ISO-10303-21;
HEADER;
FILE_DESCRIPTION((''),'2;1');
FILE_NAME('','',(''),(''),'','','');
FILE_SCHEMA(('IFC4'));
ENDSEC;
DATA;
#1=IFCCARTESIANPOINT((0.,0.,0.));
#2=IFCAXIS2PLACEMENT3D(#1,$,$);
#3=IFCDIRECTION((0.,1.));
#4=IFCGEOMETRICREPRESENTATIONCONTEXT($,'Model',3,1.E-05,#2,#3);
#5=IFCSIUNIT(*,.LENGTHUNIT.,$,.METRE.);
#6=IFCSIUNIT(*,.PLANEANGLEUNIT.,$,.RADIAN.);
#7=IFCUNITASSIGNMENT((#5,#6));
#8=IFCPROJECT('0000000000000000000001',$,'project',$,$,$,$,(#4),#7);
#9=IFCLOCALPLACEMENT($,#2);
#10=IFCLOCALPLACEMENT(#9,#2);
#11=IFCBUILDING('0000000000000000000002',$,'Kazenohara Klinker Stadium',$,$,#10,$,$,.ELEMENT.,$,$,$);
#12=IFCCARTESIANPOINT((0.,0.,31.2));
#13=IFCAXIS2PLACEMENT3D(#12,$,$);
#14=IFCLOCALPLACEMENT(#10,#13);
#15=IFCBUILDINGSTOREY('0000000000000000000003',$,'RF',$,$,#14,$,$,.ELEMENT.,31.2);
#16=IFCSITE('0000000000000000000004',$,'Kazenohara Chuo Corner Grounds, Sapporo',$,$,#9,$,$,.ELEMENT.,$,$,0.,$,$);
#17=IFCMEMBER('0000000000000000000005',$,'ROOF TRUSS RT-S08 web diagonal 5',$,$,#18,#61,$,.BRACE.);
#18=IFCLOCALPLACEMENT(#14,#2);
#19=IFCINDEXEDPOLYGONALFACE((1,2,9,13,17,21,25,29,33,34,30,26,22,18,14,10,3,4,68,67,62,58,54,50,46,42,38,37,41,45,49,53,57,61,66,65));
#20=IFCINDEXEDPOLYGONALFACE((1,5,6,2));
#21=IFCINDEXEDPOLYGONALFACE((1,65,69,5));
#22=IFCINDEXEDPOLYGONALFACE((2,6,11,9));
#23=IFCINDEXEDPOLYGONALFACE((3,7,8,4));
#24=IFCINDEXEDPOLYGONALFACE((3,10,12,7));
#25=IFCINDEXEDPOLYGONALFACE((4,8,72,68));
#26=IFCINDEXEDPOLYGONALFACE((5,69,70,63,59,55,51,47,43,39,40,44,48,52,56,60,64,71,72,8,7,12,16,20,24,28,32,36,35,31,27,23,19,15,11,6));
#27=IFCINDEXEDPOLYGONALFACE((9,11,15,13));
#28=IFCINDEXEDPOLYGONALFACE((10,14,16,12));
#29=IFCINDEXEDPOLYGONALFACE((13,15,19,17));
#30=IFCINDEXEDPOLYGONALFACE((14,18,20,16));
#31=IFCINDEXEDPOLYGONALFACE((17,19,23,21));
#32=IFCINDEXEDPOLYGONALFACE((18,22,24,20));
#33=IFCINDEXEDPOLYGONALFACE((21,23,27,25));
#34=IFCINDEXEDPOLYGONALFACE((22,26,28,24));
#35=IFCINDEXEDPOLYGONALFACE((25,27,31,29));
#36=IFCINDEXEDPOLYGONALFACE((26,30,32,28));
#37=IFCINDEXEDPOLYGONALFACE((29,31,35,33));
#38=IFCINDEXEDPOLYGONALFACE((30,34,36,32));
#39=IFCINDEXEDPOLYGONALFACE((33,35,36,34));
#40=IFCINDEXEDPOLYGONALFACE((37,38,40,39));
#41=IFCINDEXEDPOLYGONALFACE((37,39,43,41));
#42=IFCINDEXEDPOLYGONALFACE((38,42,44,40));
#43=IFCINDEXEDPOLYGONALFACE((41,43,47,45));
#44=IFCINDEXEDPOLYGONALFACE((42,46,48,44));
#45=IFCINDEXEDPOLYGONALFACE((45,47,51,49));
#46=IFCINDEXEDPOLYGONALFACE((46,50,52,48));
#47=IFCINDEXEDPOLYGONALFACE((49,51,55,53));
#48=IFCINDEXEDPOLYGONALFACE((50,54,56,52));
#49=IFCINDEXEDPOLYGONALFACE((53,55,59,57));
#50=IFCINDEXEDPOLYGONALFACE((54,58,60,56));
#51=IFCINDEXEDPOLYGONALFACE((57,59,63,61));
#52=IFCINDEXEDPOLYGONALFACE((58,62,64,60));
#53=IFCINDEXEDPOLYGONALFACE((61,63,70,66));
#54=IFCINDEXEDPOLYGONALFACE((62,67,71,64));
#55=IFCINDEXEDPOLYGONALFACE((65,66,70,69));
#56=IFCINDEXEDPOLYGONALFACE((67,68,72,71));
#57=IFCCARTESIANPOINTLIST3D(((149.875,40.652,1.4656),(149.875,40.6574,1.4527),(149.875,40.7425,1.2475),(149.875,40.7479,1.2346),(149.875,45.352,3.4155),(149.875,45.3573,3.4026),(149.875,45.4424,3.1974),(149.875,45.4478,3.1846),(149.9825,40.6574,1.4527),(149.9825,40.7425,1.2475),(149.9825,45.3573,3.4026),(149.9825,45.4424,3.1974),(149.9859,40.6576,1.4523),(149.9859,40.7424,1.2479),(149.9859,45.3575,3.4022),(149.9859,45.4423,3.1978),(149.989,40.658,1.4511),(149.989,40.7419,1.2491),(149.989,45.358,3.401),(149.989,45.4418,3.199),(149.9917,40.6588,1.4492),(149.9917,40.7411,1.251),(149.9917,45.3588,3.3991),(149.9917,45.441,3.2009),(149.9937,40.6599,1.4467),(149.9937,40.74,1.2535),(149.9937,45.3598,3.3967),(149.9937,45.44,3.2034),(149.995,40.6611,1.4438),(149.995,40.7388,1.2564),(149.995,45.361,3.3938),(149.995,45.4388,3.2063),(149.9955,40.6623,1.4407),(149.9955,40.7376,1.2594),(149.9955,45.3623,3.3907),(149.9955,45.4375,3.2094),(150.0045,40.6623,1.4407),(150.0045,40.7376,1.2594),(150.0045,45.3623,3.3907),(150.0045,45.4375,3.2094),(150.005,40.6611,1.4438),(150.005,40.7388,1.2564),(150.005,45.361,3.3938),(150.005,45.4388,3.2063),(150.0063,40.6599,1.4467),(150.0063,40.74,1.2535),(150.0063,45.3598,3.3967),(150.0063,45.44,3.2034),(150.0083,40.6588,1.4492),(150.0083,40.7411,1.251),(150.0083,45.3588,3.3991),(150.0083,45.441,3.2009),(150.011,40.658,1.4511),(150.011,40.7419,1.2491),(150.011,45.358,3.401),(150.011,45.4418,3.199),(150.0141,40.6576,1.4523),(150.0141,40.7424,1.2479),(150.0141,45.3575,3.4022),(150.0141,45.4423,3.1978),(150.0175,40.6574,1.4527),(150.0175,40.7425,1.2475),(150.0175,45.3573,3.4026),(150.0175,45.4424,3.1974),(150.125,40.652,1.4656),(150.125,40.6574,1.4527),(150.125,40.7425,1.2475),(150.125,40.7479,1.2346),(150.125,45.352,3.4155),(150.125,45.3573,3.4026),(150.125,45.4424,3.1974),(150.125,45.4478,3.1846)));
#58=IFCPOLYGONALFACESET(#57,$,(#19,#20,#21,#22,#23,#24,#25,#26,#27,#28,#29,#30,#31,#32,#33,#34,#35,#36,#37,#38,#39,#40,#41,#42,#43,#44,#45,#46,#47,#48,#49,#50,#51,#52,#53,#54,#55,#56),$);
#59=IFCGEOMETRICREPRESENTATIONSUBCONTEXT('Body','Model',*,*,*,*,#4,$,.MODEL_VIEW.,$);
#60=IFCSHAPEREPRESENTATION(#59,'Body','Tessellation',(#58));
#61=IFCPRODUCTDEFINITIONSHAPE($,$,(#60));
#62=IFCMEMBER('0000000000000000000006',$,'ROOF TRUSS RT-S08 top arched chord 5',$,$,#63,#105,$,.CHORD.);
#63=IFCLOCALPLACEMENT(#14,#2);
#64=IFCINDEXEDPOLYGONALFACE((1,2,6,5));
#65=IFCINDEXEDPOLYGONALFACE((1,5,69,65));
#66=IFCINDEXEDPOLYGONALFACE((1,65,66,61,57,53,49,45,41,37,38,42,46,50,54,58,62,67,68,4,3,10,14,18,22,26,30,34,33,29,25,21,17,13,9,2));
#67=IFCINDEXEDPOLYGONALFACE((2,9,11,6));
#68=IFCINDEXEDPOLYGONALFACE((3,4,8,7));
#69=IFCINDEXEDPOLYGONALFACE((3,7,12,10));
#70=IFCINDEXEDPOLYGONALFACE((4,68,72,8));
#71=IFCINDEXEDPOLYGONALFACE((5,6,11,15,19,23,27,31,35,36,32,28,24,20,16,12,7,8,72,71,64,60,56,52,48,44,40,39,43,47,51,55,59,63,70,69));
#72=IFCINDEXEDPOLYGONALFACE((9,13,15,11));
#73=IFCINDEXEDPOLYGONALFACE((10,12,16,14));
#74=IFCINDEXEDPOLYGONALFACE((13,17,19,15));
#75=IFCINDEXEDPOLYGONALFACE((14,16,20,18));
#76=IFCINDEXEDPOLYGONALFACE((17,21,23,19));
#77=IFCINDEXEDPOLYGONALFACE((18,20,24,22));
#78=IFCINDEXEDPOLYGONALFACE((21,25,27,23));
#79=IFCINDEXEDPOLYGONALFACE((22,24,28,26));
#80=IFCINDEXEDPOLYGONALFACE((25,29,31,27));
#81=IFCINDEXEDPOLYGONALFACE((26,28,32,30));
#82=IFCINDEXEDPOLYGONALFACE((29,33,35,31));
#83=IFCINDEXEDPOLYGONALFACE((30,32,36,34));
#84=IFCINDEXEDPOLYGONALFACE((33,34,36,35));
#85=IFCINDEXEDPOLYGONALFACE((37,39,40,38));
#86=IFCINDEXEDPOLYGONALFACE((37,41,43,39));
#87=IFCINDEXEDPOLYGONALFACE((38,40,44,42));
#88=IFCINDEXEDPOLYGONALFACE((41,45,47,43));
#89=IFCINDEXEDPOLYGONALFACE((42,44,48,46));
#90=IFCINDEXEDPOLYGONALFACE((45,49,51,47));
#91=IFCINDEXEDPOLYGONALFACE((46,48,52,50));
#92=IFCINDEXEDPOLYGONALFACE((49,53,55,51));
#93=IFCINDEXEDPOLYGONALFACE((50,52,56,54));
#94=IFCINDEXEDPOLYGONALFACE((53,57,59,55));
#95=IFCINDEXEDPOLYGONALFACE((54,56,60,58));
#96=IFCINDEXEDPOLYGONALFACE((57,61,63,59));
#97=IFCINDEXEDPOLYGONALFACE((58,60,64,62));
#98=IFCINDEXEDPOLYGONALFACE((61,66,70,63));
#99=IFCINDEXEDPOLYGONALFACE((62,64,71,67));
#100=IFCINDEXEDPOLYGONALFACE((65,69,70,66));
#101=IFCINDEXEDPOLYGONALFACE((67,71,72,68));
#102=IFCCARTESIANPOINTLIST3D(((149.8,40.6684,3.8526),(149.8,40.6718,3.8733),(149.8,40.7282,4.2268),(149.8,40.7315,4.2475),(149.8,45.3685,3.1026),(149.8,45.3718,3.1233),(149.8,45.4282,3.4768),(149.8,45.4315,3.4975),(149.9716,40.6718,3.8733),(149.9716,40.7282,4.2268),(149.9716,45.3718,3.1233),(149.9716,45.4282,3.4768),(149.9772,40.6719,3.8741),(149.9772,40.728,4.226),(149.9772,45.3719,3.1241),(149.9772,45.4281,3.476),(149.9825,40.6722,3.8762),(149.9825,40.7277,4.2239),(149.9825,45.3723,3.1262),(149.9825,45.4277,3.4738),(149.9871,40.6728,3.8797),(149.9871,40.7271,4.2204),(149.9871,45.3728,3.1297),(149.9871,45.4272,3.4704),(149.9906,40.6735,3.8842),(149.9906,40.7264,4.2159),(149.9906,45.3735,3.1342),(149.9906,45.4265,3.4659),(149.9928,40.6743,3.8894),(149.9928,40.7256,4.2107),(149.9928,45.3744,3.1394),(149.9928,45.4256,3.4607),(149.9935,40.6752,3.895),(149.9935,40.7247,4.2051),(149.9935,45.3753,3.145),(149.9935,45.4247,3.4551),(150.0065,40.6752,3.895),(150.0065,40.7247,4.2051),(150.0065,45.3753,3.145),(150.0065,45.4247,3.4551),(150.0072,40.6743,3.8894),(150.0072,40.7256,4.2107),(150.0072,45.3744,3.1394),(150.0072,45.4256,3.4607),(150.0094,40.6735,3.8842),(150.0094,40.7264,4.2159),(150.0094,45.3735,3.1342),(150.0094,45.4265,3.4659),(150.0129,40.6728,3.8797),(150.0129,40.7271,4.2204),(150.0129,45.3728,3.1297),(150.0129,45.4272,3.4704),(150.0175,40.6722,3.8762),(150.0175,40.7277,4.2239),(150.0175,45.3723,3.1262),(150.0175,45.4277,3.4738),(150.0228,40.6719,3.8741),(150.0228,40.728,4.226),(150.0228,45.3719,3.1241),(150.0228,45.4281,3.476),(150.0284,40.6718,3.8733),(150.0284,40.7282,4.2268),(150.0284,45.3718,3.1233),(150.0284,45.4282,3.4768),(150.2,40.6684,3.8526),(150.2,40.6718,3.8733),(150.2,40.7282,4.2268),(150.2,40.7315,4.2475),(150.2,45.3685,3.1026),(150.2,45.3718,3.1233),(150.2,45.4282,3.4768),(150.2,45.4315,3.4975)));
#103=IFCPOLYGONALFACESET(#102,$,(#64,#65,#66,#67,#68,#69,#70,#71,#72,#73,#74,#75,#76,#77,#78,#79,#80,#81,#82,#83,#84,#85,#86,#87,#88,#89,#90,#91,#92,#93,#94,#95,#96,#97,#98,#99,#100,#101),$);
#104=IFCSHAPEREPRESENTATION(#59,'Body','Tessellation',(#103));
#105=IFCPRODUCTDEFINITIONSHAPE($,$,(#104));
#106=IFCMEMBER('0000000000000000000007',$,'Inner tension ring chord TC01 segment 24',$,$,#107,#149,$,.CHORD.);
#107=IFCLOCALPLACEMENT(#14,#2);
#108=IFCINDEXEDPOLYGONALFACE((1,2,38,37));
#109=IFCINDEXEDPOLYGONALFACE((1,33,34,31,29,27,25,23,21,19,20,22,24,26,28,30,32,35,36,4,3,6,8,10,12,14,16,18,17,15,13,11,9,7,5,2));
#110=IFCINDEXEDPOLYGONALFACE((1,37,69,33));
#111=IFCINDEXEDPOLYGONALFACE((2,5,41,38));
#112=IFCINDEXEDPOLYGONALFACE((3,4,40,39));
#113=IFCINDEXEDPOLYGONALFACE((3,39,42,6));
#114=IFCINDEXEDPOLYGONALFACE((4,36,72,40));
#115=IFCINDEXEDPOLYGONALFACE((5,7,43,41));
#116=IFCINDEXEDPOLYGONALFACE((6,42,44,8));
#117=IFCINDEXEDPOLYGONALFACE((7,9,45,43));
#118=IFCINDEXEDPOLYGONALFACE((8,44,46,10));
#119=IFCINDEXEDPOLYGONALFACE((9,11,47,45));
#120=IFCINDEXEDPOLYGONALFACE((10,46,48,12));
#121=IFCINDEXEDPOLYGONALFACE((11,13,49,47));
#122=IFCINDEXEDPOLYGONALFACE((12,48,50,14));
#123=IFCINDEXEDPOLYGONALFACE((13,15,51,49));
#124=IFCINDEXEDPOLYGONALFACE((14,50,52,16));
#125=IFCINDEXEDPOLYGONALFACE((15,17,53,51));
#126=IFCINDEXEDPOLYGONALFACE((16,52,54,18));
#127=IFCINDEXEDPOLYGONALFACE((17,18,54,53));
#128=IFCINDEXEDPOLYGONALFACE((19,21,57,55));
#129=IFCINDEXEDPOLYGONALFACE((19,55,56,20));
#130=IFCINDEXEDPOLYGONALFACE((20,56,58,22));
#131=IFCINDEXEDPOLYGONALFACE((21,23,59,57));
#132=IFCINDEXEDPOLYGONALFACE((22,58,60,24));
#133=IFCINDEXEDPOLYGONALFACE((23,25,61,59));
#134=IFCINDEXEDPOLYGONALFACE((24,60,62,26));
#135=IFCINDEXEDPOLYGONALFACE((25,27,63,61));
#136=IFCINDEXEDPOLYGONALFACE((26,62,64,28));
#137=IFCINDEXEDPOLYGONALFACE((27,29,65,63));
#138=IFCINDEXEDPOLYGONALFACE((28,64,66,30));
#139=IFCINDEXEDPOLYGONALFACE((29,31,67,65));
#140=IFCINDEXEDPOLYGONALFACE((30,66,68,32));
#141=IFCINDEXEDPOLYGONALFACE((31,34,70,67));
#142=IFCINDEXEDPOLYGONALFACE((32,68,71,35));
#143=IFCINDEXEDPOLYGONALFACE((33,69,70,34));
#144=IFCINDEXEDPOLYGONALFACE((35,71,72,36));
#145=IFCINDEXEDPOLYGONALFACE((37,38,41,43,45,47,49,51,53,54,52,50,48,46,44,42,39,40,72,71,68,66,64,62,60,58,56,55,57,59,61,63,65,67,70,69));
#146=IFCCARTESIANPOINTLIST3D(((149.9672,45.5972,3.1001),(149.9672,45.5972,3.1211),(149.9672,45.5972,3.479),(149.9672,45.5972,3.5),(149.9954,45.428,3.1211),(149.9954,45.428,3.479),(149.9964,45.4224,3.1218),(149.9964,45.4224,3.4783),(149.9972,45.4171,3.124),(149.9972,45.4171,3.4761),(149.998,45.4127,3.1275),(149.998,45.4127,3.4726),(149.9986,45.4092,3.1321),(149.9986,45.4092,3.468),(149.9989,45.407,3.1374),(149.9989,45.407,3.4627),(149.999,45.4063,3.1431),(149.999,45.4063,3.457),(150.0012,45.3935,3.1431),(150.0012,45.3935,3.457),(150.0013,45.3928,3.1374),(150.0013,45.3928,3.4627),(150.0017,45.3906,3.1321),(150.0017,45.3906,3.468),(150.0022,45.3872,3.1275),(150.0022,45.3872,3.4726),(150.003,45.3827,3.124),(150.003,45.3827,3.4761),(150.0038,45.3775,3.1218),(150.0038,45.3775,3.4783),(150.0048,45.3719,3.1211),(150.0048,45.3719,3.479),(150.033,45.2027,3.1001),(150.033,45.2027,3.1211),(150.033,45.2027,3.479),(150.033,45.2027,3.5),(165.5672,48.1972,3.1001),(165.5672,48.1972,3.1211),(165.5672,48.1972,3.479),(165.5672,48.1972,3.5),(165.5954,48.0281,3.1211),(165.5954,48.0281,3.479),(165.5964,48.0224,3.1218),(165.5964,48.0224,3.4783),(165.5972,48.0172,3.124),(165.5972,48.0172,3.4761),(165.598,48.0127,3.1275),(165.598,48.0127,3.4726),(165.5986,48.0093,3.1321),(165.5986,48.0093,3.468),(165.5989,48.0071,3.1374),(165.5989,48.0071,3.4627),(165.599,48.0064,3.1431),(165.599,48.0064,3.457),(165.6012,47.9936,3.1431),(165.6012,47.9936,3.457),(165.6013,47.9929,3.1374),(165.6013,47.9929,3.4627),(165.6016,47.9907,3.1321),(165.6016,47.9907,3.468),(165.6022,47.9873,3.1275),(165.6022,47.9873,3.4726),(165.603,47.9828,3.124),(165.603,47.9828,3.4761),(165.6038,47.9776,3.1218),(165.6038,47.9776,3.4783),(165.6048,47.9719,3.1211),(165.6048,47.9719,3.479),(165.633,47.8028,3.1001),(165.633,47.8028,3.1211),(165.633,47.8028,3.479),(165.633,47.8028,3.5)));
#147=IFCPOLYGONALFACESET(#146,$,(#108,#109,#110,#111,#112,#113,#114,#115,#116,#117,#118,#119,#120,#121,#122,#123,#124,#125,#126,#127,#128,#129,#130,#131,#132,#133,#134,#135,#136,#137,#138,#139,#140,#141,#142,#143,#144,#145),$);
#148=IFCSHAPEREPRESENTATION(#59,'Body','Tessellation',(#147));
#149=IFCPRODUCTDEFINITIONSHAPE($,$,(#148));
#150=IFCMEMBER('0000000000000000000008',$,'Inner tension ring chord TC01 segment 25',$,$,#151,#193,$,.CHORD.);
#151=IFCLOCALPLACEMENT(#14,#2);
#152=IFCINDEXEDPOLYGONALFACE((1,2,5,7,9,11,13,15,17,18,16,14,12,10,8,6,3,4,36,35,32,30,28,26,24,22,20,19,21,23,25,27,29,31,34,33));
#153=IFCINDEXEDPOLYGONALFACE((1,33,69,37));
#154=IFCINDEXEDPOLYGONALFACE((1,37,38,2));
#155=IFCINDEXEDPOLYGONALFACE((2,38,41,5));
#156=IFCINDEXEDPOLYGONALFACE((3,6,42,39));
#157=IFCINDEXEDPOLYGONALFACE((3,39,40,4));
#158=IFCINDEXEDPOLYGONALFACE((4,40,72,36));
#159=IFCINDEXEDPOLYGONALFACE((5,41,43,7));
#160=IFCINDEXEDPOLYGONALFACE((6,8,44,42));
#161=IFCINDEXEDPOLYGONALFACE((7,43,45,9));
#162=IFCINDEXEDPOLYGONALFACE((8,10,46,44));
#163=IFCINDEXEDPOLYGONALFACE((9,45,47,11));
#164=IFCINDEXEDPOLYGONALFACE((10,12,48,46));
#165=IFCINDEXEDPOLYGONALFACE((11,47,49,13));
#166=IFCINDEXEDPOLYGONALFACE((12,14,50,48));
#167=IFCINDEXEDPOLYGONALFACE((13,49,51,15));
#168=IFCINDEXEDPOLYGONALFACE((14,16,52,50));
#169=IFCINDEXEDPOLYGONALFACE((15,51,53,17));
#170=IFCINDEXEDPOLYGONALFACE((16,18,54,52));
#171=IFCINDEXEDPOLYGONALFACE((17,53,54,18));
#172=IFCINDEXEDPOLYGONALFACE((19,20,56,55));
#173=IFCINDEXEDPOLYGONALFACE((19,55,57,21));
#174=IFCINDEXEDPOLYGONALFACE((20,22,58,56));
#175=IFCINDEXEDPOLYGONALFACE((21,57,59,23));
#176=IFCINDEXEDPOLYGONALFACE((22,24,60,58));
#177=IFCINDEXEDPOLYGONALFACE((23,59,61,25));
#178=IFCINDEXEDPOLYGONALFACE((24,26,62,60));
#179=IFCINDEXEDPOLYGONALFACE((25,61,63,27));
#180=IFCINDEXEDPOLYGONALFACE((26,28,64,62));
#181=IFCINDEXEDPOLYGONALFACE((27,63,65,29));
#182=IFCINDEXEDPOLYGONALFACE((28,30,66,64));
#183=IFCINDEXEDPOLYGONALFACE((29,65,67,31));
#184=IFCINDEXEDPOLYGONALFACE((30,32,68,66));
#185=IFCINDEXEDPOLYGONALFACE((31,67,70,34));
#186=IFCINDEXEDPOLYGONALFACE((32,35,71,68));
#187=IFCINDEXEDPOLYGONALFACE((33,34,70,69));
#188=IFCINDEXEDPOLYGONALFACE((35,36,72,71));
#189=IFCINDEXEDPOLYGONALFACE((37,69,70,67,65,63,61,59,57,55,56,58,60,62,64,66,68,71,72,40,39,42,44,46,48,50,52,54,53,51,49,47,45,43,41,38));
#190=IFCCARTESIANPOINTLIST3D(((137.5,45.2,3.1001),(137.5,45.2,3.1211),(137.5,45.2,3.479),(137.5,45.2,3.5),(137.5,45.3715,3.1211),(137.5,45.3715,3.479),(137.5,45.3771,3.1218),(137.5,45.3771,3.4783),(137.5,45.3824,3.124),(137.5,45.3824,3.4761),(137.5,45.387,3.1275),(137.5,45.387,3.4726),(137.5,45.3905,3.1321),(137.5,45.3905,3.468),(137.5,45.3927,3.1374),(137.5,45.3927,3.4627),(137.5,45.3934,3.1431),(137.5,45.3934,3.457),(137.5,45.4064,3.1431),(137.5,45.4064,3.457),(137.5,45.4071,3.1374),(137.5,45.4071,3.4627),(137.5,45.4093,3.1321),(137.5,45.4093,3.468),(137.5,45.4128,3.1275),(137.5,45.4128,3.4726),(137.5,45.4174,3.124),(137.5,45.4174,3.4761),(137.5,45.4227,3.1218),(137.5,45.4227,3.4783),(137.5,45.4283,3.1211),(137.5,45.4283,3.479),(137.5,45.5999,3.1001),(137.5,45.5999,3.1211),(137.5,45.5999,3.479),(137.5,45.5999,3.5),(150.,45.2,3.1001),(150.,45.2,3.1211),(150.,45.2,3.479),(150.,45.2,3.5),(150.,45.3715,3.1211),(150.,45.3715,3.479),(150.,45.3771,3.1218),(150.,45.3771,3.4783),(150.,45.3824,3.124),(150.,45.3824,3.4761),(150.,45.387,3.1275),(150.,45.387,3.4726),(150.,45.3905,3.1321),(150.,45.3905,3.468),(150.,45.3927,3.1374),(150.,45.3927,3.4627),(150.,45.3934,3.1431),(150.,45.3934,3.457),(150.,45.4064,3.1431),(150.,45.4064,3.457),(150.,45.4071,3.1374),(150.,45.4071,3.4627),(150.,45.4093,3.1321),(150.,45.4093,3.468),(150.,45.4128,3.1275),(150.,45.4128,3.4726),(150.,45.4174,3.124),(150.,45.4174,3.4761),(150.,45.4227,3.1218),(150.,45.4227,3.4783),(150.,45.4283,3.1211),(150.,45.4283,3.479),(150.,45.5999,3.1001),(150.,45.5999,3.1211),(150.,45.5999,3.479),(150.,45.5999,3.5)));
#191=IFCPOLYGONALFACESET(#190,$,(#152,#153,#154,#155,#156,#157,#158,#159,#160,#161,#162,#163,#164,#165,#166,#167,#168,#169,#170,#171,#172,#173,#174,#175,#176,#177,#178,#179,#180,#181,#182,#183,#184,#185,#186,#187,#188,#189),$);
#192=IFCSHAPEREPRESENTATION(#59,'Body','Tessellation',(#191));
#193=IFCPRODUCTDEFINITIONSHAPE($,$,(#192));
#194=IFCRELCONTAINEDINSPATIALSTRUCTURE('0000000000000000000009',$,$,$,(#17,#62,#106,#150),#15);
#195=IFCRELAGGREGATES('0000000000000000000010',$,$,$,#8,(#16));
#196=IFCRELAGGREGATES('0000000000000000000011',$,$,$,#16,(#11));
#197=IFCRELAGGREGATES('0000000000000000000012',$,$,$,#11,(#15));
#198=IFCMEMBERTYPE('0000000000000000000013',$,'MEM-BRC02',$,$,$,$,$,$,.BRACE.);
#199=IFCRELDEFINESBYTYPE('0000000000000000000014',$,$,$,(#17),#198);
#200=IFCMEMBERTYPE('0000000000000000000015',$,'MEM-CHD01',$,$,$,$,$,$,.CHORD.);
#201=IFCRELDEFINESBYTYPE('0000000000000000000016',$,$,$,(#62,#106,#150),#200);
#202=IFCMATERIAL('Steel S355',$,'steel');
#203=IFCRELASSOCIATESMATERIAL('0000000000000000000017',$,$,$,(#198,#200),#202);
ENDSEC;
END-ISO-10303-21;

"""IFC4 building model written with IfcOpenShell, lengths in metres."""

from ifc_helpers import new_model, si_unit, direction, frame, origin, origin_2d, place, context, subcontext, project, spatial, i_section, extrude, material, material_profile, profile_set, type_object, element, save


model = new_model("IFC4")

# Units and contexts
model_context = context("Model", 3, precision=1e-05, world=origin(), true_north=direction((0.0, 1.0)))
body_context = subcontext(model_context, "Body", "Model", "MODEL_VIEW")
ifc_project = project(units=[si_unit("LENGTHUNIT", "METRE"), si_unit("PLANEANGLEUNIT", "RADIAN")], contexts=[model_context])

# Site, building, storey
site_placement = place(None, origin())
site = spatial("IfcSite", under=ifc_project, at=site_placement, Name="Kazenohara Chuo Corner Grounds, Sapporo", CompositionType="ELEMENT", RefElevation=0.0)
building_placement = place(site_placement, origin())
building = spatial("IfcBuilding", under=site, at=building_placement, Name="Kazenohara Klinker Stadium", CompositionType="ELEMENT")
storey_placement = place(building_placement, frame((0.0, 0.0, 31.2)))
storey = spatial("IfcBuildingStorey", under=building, at=storey_placement, Name="RF", CompositionType="ELEMENT", Elevation=31.2)

# Members
ifc_material = material(Name="Steel S355", Category="steel")
ifc_material_profile_1 = material_profile(ifc_material, i_section(OverallWidth=0.25, OverallDepth=0.25, WebThickness=0.009, FlangeThickness=0.0139, FilletRadius=0.0129, at=origin_2d()), Name="H-250x250x9x14")
ifc_profile_set_1 = profile_set([ifc_material_profile_1], Name="Steel S355")
member_type_1 = type_object("IfcMemberType", Name="MEM-BRC02", PredefinedType="BRACE", material=ifc_profile_set_1)
member_1_placement = place(storey_placement, frame((150.0, 40.7, 1.3501), z_axis=(0.0, 0.923659, 0.383215), x_axis=(-1.0, 0.0, 0.0)))
element("IfcMember", 1, at=member_1_placement, inside=storey, type_object=member_type_1, Name="ROOF TRUSS RT-S08 web diagonal 5", PredefinedType="BRACE", context=body_context, shape_type="SweptSolid", body=[
    extrude(i_section(OverallWidth=0.25, OverallDepth=0.25, WebThickness=0.009, FlangeThickness=0.0139, FilletRadius=0.0129, at=origin_2d()), origin(), (0.0, 0.0, 1.0), 5.0884),
])
ifc_material_profile_2 = material_profile(ifc_material, i_section(OverallWidth=0.3999, OverallDepth=0.3999, WebThickness=0.0129, FlangeThickness=0.021, FilletRadius=0.022, at=origin_2d()), Name="H-400x400x13x21")
ifc_profile_set_2 = profile_set([ifc_material_profile_2], Name="Steel S355")
member_type_2 = type_object("IfcMemberType", Name="MEM-CHD01", PredefinedType="CHORD", material=ifc_profile_set_2)
member_2_placement = place(storey_placement, frame((150.0, 40.7, 4.05), z_axis=(0.0, 0.987506, -0.157582), x_axis=(-1.0, 0.0, 0.0)))
element("IfcMember", 2, at=member_2_placement, inside=storey, type_object=member_type_2, Name="ROOF TRUSS RT-S08 top arched chord 5", PredefinedType="CHORD", context=body_context, shape_type="SweptSolid", body=[
    extrude(i_section(OverallWidth=0.3999, OverallDepth=0.3999, WebThickness=0.0129, FlangeThickness=0.021, FilletRadius=0.022, at=origin_2d()), origin(), (0.0, 0.0, 1.0), 4.7595),
])
member_3_placement = place(storey_placement, frame((165.6001, 48.0, 3.3), z_axis=(-0.986393, -0.164404, 0.0), x_axis=(0.164404, -0.986393, 0.0)))
element("IfcMember", 3, at=member_3_placement, inside=storey, type_object=member_type_2, Name="Inner tension ring chord TC01 segment 24", PredefinedType="CHORD", context=body_context, shape_type="SweptSolid", body=[
    extrude(i_section(OverallWidth=0.3999, OverallDepth=0.3999, WebThickness=0.0129, FlangeThickness=0.021, FilletRadius=0.022, at=origin_2d()), origin(), (0.0, 0.0, 1.0), 15.8152),
])
member_4_placement = place(storey_placement, frame((150.0, 45.3999, 3.3), z_axis=(-1.0, 0.0, 0.0), x_axis=(0.0, -1.0, 0.0)))
element("IfcMember", 4, at=member_4_placement, inside=storey, type_object=member_type_2, Name="Inner tension ring chord TC01 segment 25", PredefinedType="CHORD", context=body_context, shape_type="SweptSolid", body=[
    extrude(i_section(OverallWidth=0.3999, OverallDepth=0.3999, WebThickness=0.0129, FlangeThickness=0.021, FilletRadius=0.022, at=origin_2d()), origin(), (0.0, 0.0, 1.0), 12.5),
])

save(model, "model.ifc")
